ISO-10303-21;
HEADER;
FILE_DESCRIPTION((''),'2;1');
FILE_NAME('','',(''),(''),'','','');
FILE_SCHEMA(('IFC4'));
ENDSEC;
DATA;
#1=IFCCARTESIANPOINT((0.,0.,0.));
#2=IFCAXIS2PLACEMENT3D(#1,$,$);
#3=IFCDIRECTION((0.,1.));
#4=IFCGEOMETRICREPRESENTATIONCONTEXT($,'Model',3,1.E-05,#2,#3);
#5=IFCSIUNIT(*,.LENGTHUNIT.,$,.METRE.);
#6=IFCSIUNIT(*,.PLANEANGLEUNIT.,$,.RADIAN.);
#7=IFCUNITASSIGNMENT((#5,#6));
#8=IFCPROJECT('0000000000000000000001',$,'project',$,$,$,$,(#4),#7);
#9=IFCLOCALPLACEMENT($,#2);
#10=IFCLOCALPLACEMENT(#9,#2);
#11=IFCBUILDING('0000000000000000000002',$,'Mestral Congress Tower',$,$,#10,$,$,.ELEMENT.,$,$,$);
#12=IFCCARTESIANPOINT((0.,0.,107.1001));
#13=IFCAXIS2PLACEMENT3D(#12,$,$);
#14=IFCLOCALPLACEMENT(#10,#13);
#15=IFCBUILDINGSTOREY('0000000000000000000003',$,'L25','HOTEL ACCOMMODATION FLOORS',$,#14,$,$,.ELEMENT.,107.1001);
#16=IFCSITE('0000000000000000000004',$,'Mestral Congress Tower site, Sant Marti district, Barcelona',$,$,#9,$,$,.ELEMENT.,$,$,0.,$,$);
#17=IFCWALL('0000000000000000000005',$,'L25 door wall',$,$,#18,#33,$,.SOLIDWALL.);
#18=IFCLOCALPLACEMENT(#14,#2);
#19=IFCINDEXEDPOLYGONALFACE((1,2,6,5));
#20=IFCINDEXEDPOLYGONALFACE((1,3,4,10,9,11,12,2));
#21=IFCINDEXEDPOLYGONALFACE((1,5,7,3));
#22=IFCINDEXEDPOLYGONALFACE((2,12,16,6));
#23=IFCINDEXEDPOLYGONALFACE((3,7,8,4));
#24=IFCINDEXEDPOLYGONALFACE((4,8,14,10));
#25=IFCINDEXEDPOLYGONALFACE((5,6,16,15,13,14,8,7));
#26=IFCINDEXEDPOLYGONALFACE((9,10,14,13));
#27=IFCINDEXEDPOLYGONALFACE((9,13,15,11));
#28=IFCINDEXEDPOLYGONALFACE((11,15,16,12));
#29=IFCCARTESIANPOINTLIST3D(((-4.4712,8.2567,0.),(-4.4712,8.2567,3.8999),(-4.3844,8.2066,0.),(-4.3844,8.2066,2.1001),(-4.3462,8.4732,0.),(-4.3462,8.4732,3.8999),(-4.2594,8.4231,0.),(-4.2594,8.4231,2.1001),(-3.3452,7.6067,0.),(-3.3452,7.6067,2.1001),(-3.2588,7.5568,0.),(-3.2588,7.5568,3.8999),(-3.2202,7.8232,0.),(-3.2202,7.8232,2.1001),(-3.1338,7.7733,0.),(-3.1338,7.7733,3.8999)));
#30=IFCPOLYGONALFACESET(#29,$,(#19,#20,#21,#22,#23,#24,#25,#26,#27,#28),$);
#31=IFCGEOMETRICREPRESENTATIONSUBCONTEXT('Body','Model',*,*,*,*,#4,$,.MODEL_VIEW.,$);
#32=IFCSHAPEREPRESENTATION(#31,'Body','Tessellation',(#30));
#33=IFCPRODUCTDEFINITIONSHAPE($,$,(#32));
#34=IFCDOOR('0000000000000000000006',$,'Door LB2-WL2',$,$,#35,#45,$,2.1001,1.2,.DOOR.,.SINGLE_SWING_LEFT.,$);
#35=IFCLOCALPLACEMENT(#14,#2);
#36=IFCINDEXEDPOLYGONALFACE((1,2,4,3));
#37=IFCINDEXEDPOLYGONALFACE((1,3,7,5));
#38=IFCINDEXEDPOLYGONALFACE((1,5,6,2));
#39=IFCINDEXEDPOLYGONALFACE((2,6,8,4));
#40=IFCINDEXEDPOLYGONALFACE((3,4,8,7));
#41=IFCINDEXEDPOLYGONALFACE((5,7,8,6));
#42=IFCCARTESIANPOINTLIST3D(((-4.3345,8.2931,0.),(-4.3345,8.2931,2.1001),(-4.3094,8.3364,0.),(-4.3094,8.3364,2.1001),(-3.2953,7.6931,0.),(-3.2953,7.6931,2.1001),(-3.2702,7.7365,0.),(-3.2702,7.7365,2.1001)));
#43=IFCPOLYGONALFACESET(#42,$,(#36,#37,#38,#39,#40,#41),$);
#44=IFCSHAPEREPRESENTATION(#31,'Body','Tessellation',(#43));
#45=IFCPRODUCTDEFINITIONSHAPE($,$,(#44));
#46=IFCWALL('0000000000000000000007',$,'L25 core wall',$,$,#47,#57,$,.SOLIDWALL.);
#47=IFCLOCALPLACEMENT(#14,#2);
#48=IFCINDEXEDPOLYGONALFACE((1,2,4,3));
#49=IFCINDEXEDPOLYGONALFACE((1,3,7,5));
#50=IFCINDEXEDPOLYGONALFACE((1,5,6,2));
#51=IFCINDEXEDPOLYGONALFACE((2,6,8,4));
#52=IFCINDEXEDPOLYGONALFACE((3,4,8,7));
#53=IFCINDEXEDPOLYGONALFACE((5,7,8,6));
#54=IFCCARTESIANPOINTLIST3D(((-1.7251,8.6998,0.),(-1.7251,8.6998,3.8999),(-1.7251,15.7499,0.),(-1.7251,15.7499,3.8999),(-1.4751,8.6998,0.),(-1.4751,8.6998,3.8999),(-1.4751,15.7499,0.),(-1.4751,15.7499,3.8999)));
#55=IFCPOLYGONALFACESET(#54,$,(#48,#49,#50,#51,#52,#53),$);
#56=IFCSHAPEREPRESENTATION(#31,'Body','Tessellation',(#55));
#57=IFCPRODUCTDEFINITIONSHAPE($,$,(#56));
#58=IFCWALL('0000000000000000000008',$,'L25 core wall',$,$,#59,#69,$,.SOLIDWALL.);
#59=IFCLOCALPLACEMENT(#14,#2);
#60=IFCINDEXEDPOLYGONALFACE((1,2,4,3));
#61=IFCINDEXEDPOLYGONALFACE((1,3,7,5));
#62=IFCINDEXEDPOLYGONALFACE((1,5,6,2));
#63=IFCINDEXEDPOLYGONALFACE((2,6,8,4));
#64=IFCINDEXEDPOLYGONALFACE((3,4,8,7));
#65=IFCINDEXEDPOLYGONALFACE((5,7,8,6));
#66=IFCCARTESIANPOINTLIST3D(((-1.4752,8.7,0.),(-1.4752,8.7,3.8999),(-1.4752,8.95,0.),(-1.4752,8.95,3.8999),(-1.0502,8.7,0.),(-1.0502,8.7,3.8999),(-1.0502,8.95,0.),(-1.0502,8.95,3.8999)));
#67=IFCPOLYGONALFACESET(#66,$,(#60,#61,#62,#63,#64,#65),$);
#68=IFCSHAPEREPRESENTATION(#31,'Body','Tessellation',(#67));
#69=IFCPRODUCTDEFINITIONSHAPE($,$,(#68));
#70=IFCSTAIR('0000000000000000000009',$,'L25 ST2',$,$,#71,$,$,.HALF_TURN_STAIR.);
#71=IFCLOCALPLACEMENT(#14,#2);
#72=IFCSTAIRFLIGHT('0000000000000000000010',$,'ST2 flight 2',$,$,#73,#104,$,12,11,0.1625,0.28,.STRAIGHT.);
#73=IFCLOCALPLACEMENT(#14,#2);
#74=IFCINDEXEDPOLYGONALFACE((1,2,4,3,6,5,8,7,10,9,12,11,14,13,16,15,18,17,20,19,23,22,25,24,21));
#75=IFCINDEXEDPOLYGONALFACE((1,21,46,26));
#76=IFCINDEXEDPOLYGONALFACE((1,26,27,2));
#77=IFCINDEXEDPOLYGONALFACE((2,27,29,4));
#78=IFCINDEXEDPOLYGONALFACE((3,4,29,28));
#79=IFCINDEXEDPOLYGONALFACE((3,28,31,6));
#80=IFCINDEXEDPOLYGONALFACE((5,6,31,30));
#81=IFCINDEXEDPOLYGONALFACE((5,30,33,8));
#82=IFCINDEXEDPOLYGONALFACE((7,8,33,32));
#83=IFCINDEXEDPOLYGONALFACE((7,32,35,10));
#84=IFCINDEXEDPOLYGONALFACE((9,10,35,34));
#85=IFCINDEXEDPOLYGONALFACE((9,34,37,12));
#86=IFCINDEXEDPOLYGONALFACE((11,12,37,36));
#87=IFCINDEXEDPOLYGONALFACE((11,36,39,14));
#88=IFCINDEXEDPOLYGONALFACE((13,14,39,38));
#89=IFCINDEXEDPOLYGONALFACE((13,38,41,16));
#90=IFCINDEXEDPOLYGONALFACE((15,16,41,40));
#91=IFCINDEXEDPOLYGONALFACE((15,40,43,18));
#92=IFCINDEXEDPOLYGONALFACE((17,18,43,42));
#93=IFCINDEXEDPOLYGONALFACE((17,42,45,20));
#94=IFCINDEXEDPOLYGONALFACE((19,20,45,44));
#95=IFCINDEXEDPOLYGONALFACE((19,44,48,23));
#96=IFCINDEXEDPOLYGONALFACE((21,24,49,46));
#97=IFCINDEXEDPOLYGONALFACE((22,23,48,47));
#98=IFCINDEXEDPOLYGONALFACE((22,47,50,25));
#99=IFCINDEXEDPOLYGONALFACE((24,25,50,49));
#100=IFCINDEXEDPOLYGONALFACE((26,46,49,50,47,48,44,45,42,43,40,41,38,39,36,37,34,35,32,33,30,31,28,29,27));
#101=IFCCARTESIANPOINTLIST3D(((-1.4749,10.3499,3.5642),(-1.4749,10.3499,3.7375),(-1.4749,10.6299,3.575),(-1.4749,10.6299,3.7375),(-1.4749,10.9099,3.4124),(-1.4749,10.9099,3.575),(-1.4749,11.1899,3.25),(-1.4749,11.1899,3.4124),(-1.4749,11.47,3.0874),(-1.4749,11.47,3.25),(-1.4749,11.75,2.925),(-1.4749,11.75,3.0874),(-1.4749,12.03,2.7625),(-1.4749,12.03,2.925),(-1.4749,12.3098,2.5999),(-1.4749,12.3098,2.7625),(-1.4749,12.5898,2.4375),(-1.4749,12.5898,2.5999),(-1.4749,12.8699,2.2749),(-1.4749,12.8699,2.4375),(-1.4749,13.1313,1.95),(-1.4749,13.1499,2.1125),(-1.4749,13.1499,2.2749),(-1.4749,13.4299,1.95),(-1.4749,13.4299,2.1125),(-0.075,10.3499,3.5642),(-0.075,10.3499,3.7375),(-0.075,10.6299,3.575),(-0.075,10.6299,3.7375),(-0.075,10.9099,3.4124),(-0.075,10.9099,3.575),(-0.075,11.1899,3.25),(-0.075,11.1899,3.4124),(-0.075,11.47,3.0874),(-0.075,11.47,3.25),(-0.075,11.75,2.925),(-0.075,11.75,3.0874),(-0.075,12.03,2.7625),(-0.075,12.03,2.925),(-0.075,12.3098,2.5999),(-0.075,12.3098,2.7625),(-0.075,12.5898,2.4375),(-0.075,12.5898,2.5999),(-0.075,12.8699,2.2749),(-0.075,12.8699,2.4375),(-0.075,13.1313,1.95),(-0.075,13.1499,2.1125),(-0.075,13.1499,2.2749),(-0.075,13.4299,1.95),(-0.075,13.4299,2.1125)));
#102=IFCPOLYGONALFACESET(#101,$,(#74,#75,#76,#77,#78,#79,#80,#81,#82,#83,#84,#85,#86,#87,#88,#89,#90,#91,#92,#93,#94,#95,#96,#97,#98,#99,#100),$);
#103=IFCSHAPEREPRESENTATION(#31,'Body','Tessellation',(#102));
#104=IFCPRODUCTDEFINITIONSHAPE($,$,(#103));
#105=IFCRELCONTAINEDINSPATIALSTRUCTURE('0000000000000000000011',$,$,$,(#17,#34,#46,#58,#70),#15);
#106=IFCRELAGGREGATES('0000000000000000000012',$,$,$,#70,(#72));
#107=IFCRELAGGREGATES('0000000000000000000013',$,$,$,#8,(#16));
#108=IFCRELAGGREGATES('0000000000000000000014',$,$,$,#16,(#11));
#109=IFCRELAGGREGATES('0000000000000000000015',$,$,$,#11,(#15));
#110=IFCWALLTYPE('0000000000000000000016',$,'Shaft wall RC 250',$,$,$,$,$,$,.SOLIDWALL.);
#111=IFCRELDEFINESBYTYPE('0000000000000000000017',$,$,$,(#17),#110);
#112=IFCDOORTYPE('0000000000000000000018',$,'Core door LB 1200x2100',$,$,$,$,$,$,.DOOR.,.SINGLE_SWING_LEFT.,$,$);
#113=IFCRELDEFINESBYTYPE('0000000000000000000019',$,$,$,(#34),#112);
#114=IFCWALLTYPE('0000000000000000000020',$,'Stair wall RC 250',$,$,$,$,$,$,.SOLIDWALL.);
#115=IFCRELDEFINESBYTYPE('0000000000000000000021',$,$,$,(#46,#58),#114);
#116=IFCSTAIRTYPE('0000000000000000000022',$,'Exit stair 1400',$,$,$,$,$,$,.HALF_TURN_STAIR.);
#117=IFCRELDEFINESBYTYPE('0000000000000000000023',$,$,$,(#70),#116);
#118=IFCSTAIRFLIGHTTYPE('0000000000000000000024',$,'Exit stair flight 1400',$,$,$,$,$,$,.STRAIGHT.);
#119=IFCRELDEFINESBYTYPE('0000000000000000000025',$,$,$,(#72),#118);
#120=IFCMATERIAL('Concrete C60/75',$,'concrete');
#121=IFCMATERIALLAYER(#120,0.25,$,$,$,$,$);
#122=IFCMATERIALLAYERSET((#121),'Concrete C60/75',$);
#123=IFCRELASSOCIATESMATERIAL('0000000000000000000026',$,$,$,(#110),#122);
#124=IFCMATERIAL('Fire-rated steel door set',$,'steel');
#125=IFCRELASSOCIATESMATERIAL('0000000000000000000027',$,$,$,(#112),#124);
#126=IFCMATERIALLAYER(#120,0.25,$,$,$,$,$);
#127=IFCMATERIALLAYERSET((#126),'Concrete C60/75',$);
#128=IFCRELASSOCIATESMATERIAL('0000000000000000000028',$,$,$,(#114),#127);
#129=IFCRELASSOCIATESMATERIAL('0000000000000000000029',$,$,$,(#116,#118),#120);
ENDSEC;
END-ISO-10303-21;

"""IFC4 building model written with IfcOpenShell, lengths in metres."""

from ifc_helpers import new_model, si_unit, direction, frame, frame_2d, origin, place, context, subcontext, project, spatial, polyline, rectangle, outline, extrude, material, layer, layer_set, type_object, element, fill, aggregate, save


model = new_model("IFC4")

# Units and contexts
model_context = context("Model", 3, precision=1e-05, world=origin(), true_north=direction((0.0, 1.0)))
body_context = subcontext(model_context, "Body", "Model", "MODEL_VIEW")
ifc_project = project(units=[si_unit("LENGTHUNIT", "METRE"), si_unit("PLANEANGLEUNIT", "RADIAN")], contexts=[model_context])

# Site, building, storey
site_placement = place(None, origin())
site = spatial("IfcSite", under=ifc_project, at=site_placement, Name="Mestral Congress Tower site, Sant Marti district, Barcelona", CompositionType="ELEMENT", RefElevation=0.0)
building_placement = place(site_placement, origin())
building = spatial("IfcBuilding", under=site, at=building_placement, Name="Mestral Congress Tower", CompositionType="ELEMENT")
storey_placement = place(building_placement, frame((0.0, 0.0, 107.1001)))
storey = spatial("IfcBuildingStorey", under=building, at=storey_placement, Name="L25", Description="HOTEL ACCOMMODATION FLOORS", CompositionType="ELEMENT", Elevation=107.1001)

# Shared definitions
ifc_material_1 = material(Name="Fire-rated steel door set", Category="steel")

# Shared definitions
ifc_material_2 = material(Name="Concrete C60/75", Category="concrete")
ifc_layer_1 = layer(ifc_material_2, 0.25)
ifc_layer_set_1 = layer_set([ifc_layer_1], Name="Concrete C60/75")
wall_type_1 = type_object("IfcWallType", Name="Shaft wall RC 250", PredefinedType="SOLIDWALL", material=ifc_layer_set_1)

# Wall, opening, door
wall_1_placement = place(storey_placement, frame((-4.4087, 8.365, 0.0), z_axis=(0.0, 0.0, 1.0), x_axis=(0.866035, -0.499984, 0.0)))
wall_1 = element("IfcWall", 1, at=wall_1_placement, inside=storey, type_object=wall_type_1, Name="L25 door wall", PredefinedType="SOLIDWALL", context=body_context, shape_type="SweptSolid", body=[
    extrude(rectangle(XDim=1.3999, YDim=0.25, at=frame_2d((0.7, 0.0))), origin(), (0.0, 0.0, 1.0), 3.8999),
])
opening_1_placement = place(wall_1_placement, frame((0.1001, 0.0, 0.0)))
opening_1 = element("IfcOpeningElement", 2, at=opening_1_placement, cuts=wall_1, PredefinedType="OPENING", context=body_context, shape_type="SweptSolid", body=[
    extrude(rectangle(XDim=1.2, YDim=2.1001, at=frame_2d((0.6001, 1.05))), frame((0.0, 0.135, 0.0), z_axis=(0.0, -1.0, 0.0), x_axis=(1.0, 0.0, 0.0)), (0.0, 0.0, 1.0), 0.27),
])
door_type_1 = type_object("IfcDoorType", Name="Core door LB 1200x2100", OperationType="SINGLE_SWING_LEFT", PredefinedType="DOOR", material=ifc_material_1)
door_1_placement = place(opening_1_placement, origin())
door_1 = element("IfcDoor", 3, at=door_1_placement, inside=storey, type_object=door_type_1, Name="Door LB2-WL2", OperationType="SINGLE_SWING_LEFT", OverallHeight=2.1001, OverallWidth=1.2, PredefinedType="DOOR", context=body_context, shape_type="SweptSolid", body=[
    extrude(rectangle(XDim=1.2, YDim=2.1001, at=frame_2d((0.6001, 1.05))), frame((0.0, 0.0249, 0.0), z_axis=(0.0, -1.0, 0.0), x_axis=(1.0, 0.0, 0.0)), (0.0, 0.0, 1.0), 0.05),
])
fill(opening_1, door_1)

# Walls
ifc_layer_2 = layer(ifc_material_2, 0.25)
ifc_layer_set_2 = layer_set([ifc_layer_2], Name="Concrete C60/75")
wall_type_2 = type_object("IfcWallType", Name="Stair wall RC 250", PredefinedType="SOLIDWALL", material=ifc_layer_set_2)
wall_2_placement = place(storey_placement, frame((-1.6001, 8.7, 0.0), z_axis=(0.0, 0.0, 1.0), x_axis=(0.0, 1.0, 0.0)))
element("IfcWall", 4, at=wall_2_placement, inside=storey, type_object=wall_type_2, Name="L25 core wall", PredefinedType="SOLIDWALL", context=body_context, shape_type="SweptSolid", body=[
    extrude(rectangle(XDim=7.05, YDim=0.25, at=frame_2d((3.5249, 0.0))), origin(), (0.0, 0.0, 1.0), 3.8999),
])
wall_3_placement = place(storey_placement, frame((-1.4751, 8.825, 0.0), z_axis=(0.0, 0.0, 1.0), x_axis=(1.0, 0.0, 0.0)))
element("IfcWall", 5, at=wall_3_placement, inside=storey, type_object=wall_type_2, Name="L25 core wall", PredefinedType="SOLIDWALL", context=body_context, shape_type="SweptSolid", body=[
    extrude(rectangle(XDim=0.425, YDim=0.25, at=frame_2d((0.2124, 0.0))), origin(), (0.0, 0.0, 1.0), 3.8999),
])

# Stair, stair flight
stair_type = type_object("IfcStairType", Name="Exit stair 1400", PredefinedType="HALF_TURN_STAIR", material=ifc_material_2)
stair_placement = place(storey_placement, origin())
stair = element("IfcStair", 6, at=stair_placement, inside=storey, type_object=stair_type, Name="L25 ST2", PredefinedType="HALF_TURN_STAIR")
stair_flight_type = type_object("IfcStairFlightType", Name="Exit stair flight 1400", PredefinedType="STRAIGHT", material=ifc_material_2)
stair_flight_placement = place(storey_placement, frame((-0.7749, 13.4299, 1.95), z_axis=(0.0, 0.0, 1.0), x_axis=(0.0, -1.0, 0.0)))
stair_flight = element("IfcStairFlight", 7, at=stair_flight_placement, type_object=stair_flight_type, Name="ST2 flight 2", NumberOfRisers=12, NumberOfTreads=11, PredefinedType="STRAIGHT", RiserHeight=0.1625, TreadLength=0.28, context=body_context, shape_type="SweptSolid", body=[
    extrude(outline(polyline([(0.0, 0.0), (0.0, 0.1626), (0.28, 0.1626), (0.28, 0.325), (0.5601, 0.325), (0.5601, 0.4875), (0.8401, 0.4875), (0.8401, 0.6499), (1.1201, 0.6499), (1.1201, 0.8125), (1.3999, 0.8125), (1.3999, 0.9751), (1.6799, 0.9751), (1.6799, 1.1375), (1.96, 1.1375), (1.96, 1.3), (2.24, 1.3), (2.24, 1.4624), (2.52, 1.4624), (2.52, 1.625), (2.8, 1.625), (2.8, 1.7876), (3.0801, 1.7876), (3.0801, 1.95), (3.0801, 1.6143), (0.2986, 0.0), (0.0, 0.0)])), frame((0.0, 0.7, 0.0), z_axis=(0.0, -1.0, 0.0), x_axis=(1.0, 0.0, 0.0)), (0.0, 0.0, 1.0), 1.3999),
])
aggregate(stair, [stair_flight])

save(model, "model.ifc")
